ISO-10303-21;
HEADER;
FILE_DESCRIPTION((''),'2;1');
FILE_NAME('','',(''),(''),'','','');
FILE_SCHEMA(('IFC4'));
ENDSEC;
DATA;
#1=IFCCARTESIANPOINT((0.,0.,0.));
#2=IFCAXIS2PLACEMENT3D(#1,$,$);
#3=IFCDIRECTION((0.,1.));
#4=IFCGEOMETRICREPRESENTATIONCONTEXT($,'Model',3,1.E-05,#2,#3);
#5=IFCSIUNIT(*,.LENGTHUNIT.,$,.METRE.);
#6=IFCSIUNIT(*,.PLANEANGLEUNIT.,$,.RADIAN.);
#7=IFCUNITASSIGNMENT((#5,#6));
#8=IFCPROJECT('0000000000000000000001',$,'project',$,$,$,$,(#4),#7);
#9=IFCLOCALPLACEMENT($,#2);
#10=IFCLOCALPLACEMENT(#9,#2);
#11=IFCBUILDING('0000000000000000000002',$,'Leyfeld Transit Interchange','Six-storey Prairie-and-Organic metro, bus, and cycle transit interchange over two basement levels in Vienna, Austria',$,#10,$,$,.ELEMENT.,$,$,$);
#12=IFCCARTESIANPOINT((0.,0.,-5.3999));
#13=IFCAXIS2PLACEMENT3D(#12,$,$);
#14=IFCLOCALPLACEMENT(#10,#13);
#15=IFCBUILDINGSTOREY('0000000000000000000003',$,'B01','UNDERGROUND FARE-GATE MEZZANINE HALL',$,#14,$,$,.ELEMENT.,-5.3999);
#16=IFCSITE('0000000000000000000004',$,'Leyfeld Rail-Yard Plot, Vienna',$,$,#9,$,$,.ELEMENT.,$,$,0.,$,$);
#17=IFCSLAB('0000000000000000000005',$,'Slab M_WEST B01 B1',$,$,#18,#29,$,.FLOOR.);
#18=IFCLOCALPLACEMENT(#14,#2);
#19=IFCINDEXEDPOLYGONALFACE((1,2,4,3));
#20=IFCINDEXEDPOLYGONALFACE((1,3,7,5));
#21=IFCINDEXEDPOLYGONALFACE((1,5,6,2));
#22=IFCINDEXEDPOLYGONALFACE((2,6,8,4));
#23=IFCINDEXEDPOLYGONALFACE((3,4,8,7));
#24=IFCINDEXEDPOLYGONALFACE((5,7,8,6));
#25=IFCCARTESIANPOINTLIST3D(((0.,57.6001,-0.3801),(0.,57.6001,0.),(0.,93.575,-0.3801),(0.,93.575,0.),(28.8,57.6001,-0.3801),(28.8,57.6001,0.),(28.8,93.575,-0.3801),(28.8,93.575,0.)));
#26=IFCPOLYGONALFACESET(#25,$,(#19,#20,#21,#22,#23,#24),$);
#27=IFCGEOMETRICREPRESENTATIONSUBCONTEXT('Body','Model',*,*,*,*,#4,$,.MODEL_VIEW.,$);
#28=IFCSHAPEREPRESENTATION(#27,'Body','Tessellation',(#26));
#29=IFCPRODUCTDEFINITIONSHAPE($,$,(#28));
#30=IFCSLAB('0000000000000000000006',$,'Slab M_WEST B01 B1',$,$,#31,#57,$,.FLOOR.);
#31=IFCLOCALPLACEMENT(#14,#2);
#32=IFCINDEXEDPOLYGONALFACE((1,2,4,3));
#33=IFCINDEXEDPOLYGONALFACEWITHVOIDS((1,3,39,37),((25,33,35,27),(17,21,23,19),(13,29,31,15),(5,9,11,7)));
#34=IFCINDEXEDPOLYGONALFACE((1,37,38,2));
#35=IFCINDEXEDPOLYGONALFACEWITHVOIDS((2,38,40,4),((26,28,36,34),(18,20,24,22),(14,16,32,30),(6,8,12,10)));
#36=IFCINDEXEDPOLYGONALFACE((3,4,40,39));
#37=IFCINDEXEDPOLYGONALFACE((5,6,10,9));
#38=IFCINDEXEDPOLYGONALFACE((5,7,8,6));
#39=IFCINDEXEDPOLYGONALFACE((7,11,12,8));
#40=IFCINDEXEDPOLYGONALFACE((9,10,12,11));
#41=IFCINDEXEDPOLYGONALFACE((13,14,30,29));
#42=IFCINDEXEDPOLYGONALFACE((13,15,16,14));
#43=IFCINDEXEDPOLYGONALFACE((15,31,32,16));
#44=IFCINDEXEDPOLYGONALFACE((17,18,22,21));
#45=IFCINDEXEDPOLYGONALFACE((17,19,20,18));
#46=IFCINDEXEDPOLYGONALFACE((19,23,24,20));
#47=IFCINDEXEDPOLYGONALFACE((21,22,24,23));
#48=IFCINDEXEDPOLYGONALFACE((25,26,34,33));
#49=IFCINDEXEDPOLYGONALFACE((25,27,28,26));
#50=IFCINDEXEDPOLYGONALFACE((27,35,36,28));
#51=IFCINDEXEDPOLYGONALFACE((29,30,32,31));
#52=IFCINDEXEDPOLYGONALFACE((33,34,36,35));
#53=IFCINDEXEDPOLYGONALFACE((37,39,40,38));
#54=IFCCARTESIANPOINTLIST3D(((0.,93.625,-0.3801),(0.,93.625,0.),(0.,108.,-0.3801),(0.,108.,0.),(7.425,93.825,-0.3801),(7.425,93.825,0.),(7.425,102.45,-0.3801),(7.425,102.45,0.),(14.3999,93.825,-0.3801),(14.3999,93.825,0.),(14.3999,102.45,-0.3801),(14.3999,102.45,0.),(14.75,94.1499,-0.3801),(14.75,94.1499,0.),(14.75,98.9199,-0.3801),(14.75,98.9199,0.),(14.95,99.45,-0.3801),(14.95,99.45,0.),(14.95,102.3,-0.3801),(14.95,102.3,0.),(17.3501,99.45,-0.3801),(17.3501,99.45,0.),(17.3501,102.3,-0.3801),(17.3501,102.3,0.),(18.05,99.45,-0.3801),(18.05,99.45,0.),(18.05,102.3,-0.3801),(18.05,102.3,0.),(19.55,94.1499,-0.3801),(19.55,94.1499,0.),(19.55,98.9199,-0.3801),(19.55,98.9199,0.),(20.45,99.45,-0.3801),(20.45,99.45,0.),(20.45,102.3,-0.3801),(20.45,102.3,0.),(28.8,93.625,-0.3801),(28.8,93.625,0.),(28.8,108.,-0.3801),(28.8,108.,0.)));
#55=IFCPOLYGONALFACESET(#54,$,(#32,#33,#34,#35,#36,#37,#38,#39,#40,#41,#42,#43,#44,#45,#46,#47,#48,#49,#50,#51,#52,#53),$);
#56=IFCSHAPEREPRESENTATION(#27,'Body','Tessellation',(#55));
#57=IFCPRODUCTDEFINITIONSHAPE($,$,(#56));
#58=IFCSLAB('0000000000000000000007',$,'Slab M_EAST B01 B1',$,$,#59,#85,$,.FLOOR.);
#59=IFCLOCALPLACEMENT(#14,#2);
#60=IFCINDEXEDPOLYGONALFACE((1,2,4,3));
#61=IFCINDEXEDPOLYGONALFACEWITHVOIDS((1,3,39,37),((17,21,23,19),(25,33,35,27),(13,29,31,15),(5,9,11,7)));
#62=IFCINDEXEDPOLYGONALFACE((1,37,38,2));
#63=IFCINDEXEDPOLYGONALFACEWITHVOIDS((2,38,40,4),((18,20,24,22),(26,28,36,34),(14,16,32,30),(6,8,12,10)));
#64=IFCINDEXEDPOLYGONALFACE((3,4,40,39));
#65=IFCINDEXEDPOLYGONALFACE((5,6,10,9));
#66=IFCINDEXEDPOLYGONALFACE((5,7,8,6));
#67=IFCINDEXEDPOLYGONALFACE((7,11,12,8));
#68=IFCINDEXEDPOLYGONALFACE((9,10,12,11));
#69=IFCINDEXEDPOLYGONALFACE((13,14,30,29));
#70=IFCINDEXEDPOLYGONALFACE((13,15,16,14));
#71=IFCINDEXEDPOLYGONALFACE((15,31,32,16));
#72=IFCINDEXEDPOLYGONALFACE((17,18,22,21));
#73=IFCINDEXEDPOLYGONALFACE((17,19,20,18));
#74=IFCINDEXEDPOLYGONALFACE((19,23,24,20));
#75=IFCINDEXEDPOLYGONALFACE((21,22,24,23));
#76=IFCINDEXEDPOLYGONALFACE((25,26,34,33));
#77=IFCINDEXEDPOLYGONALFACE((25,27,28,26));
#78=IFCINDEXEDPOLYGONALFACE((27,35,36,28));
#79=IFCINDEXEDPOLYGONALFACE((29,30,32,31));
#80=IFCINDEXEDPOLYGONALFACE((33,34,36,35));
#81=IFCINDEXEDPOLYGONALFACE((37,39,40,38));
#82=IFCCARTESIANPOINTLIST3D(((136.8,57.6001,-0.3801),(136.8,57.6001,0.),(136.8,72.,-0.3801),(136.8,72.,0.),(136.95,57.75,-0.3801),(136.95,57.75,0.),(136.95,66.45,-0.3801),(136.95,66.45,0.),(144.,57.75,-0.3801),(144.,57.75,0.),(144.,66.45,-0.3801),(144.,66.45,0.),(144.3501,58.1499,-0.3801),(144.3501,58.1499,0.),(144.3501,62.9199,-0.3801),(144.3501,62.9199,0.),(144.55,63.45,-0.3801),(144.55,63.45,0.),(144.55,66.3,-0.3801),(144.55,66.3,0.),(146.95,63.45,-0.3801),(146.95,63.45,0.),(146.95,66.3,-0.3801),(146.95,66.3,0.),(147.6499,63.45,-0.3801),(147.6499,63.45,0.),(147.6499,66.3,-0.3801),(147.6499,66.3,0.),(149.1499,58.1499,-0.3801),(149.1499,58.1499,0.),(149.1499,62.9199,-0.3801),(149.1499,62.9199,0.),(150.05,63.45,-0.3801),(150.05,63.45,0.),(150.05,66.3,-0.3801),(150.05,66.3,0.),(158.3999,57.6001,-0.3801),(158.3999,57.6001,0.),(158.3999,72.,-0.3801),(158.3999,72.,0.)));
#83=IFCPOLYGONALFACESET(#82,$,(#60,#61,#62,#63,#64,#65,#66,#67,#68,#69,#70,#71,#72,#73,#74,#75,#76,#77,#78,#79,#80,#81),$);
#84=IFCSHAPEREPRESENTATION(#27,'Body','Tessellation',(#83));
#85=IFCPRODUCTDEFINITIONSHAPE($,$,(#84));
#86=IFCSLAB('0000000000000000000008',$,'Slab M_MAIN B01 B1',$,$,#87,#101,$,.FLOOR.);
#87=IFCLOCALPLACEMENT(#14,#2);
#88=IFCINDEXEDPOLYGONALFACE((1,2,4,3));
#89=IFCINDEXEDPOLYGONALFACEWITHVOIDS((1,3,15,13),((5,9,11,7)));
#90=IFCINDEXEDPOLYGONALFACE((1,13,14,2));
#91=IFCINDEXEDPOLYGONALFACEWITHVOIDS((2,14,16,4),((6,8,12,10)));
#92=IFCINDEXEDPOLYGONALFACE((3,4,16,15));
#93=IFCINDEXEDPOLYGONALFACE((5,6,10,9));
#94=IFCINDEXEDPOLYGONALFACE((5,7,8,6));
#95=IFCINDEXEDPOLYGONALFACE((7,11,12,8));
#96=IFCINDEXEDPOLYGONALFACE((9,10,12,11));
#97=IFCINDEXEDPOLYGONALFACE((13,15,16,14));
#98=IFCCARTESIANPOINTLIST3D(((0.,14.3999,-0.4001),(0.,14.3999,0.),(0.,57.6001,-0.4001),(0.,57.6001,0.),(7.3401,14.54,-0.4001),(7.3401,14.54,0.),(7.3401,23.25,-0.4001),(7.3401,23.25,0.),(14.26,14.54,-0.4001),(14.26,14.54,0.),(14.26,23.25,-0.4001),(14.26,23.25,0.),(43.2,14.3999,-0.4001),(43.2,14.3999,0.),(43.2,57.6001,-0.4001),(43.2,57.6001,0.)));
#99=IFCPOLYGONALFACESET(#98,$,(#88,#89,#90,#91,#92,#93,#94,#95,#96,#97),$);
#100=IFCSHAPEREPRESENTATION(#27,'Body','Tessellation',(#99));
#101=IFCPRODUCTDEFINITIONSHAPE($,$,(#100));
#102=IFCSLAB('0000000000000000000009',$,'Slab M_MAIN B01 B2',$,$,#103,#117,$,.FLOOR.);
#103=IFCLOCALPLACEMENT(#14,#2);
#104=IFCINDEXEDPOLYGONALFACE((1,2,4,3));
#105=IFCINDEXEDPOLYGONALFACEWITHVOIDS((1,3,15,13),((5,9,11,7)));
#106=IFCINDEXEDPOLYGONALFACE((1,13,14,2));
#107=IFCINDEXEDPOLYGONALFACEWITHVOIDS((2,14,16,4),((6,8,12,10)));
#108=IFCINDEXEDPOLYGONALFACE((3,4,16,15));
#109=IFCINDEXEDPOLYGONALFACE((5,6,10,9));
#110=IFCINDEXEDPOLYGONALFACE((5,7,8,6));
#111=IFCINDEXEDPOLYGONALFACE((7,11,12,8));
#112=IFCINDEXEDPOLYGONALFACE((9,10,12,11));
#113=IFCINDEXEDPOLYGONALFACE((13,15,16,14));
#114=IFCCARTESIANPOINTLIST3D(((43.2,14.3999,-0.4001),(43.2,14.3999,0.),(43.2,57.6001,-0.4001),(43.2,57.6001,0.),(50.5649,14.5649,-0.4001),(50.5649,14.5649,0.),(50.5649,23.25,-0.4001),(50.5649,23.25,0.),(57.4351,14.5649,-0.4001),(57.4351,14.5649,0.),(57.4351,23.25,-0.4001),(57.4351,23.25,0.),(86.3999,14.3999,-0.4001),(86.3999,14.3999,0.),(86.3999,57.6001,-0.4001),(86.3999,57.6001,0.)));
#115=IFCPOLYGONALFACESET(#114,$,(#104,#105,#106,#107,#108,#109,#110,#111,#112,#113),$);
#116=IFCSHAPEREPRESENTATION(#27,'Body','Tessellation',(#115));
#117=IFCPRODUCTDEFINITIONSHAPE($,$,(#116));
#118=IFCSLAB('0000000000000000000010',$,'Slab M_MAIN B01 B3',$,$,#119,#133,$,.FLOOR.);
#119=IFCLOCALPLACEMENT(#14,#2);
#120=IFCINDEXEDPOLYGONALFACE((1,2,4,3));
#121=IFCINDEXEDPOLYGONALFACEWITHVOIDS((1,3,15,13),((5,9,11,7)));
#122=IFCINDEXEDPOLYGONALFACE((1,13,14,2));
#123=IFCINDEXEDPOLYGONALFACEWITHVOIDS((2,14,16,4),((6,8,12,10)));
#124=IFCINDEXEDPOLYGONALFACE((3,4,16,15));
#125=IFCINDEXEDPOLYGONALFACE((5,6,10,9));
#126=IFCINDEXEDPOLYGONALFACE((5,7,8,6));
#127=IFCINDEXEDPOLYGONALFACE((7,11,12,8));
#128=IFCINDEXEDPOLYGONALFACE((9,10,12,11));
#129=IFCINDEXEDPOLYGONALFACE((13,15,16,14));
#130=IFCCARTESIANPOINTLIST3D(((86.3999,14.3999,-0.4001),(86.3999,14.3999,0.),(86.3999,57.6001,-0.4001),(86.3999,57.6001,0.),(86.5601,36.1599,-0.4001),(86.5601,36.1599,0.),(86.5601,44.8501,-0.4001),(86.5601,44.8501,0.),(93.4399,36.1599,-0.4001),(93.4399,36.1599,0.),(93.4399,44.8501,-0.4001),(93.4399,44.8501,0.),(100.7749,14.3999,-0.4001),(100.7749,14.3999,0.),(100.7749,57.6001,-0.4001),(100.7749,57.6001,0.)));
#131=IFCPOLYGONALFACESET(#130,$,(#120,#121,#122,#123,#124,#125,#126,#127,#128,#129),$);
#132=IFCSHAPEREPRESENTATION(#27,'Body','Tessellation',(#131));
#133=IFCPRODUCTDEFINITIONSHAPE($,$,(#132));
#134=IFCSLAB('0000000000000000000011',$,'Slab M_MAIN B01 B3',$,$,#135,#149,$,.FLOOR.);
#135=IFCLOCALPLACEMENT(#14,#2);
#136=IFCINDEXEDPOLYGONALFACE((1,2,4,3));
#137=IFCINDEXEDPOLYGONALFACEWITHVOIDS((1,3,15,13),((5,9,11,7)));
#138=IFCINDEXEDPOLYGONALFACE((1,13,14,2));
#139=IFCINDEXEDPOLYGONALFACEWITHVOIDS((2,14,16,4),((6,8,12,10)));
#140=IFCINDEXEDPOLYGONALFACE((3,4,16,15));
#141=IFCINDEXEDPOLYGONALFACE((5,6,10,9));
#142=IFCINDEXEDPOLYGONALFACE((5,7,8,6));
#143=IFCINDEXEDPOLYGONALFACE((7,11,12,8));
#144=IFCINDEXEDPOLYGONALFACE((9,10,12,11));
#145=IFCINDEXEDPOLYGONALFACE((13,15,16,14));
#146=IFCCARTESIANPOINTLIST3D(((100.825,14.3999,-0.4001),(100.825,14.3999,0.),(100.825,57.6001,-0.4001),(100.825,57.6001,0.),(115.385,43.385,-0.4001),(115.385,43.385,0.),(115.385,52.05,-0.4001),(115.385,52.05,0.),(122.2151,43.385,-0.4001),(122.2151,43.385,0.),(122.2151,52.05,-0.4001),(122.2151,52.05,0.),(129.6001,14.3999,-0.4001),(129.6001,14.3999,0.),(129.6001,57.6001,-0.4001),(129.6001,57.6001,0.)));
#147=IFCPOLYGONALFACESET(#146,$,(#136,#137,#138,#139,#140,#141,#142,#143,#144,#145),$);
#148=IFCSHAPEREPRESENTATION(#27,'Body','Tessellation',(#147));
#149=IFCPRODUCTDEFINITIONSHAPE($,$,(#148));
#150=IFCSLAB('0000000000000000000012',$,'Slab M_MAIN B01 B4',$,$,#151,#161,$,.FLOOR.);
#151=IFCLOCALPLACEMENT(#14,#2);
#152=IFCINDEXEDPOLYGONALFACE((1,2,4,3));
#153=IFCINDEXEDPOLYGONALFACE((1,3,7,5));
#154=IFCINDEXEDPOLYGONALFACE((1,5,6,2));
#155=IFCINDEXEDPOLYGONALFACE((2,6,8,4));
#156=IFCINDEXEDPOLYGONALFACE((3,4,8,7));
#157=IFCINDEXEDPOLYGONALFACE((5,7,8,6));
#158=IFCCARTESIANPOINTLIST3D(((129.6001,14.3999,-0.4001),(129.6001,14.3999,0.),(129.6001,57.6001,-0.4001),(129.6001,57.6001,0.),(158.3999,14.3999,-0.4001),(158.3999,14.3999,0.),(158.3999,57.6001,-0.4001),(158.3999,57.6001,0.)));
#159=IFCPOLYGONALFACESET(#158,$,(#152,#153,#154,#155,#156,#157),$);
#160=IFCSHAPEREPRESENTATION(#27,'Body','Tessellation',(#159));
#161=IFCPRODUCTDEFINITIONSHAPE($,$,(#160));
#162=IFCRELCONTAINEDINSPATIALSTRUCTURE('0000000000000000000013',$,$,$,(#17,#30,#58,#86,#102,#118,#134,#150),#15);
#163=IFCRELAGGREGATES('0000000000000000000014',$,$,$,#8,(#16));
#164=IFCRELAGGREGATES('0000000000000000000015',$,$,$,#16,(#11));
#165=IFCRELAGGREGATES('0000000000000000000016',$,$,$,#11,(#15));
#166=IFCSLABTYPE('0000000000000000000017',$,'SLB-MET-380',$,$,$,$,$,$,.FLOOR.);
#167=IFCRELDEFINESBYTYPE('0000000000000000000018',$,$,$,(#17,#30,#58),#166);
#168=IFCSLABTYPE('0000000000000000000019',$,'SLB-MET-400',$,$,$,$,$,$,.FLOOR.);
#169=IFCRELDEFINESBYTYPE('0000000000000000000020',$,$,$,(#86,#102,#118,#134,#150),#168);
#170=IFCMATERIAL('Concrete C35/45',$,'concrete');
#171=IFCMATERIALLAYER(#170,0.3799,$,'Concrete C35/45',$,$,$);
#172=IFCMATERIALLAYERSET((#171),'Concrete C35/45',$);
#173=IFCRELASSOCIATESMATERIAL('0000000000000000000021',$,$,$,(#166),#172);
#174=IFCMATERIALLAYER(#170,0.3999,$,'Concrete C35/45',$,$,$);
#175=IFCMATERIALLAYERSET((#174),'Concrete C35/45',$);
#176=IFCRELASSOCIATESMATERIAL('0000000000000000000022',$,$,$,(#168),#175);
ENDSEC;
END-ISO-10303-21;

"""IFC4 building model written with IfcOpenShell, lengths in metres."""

from ifc_helpers import new_model, si_unit, direction, frame, origin, place, context, subcontext, project, spatial, polyline, outline, extrude, material, layer, layer_set, type_object, element, save


model = new_model("IFC4")

# Units and contexts
model_context = context("Model", 3, precision=1e-05, world=origin(), true_north=direction((0.0, 1.0)))
body_context = subcontext(model_context, "Body", "Model", "MODEL_VIEW")
ifc_project = project(units=[si_unit("LENGTHUNIT", "METRE"), si_unit("PLANEANGLEUNIT", "RADIAN")], contexts=[model_context])

# Site, building, storey
site_placement = place(None, origin())
site = spatial("IfcSite", under=ifc_project, at=site_placement, Name="Leyfeld Rail-Yard Plot, Vienna", CompositionType="ELEMENT", RefElevation=0.0)
building_placement = place(site_placement, origin())
building = spatial("IfcBuilding", under=site, at=building_placement, Name="Leyfeld Transit Interchange", Description="Six-storey Prairie-and-Organic metro, bus, and cycle transit interchange over two basement levels in Vienna, Austria", CompositionType="ELEMENT")
storey_placement = place(building_placement, frame((0.0, 0.0, -5.3999)))
storey = spatial("IfcBuildingStorey", under=building, at=storey_placement, Name="B01", Description="UNDERGROUND FARE-GATE MEZZANINE HALL", CompositionType="ELEMENT", Elevation=-5.3999)

# Shared definitions
ifc_material_1 = material(Name="Concrete C35/45", Category="concrete")

# Slabs
ifc_layer_1 = layer(ifc_material_1, 0.3799, Name="Concrete C35/45")
ifc_layer_set_1 = layer_set([ifc_layer_1], Name="Concrete C35/45")
slab_type_1 = type_object("IfcSlabType", Name="SLB-MET-380", PredefinedType="FLOOR", material=ifc_layer_set_1)
slab_1_placement = place(storey_placement, frame((0.0, 0.0, -0.3801)))
element("IfcSlab", 1, at=slab_1_placement, inside=storey, type_object=slab_type_1, Name="Slab M_WEST B01 B1", PredefinedType="FLOOR", context=body_context, shape_type="SweptSolid", body=[
    extrude(outline(polyline([(28.8, 57.6001), (28.8, 93.575), (0.0, 93.575), (0.0, 57.6001), (28.8, 57.6001)])), origin(), (0.0, 0.0, 1.0), 0.3801),
])
slab_2_placement = place(storey_placement, frame((0.0, 0.0, -0.3801)))
element("IfcSlab", 2, at=slab_2_placement, inside=storey, type_object=slab_type_1, Name="Slab M_WEST B01 B1", PredefinedType="FLOOR", context=body_context, shape_type="SweptSolid", body=[
    extrude(outline(polyline([(0.0, 93.625), (28.8, 93.625), (28.8, 108.0), (0.0, 108.0), (0.0, 93.625)]), holes=[polyline([(14.3999, 93.825), (7.425, 93.825), (7.425, 102.45), (14.3999, 102.45), (14.3999, 93.825)]), polyline([(14.75, 94.1499), (14.75, 98.9199), (19.55, 98.9199), (19.55, 94.1499), (14.75, 94.1499)]), polyline([(14.95, 102.3), (17.3501, 102.3), (17.3501, 99.45), (14.95, 99.45), (14.95, 102.3)]), polyline([(20.45, 102.3), (20.45, 99.45), (18.05, 99.45), (18.05, 102.3), (20.45, 102.3)])]), origin(), (0.0, 0.0, 1.0), 0.3801),
])
slab_3_placement = place(storey_placement, frame((0.0, 0.0, -0.3801)))
element("IfcSlab", 3, at=slab_3_placement, inside=storey, type_object=slab_type_1, Name="Slab M_EAST B01 B1", PredefinedType="FLOOR", context=body_context, shape_type="SweptSolid", body=[
    extrude(outline(polyline([(158.3999, 72.0), (136.8, 72.0), (136.8, 57.6001), (158.3999, 57.6001), (158.3999, 72.0)]), holes=[polyline([(136.95, 57.75), (136.95, 66.45), (144.0, 66.45), (144.0, 57.75), (136.95, 57.75)]), polyline([(144.3501, 62.9199), (149.1499, 62.9199), (149.1499, 58.1499), (144.3501, 58.1499), (144.3501, 62.9199)]), polyline([(146.95, 66.3), (146.95, 63.45), (144.55, 63.45), (144.55, 66.3), (146.95, 66.3)]), polyline([(150.05, 63.45), (147.6499, 63.45), (147.6499, 66.3), (150.05, 66.3), (150.05, 63.45)])]), origin(), (0.0, 0.0, 1.0), 0.3801),
])
ifc_layer_2 = layer(ifc_material_1, 0.3999, Name="Concrete C35/45")
ifc_layer_set_2 = layer_set([ifc_layer_2], Name="Concrete C35/45")
slab_type_2 = type_object("IfcSlabType", Name="SLB-MET-400", PredefinedType="FLOOR", material=ifc_layer_set_2)
slab_4_placement = place(storey_placement, frame((0.0, 0.0, -0.4001)))
element("IfcSlab", 4, at=slab_4_placement, inside=storey, type_object=slab_type_2, Name="Slab M_MAIN B01 B1", PredefinedType="FLOOR", context=body_context, shape_type="SweptSolid", body=[
    extrude(outline(polyline([(43.2, 57.6001), (0.0, 57.6001), (0.0, 14.3999), (43.2, 14.3999), (43.2, 57.6001)]), holes=[polyline([(14.26, 14.54), (7.3401, 14.54), (7.3401, 23.25), (14.26, 23.25), (14.26, 14.54)])]), origin(), (0.0, 0.0, 1.0), 0.4001),
])
slab_5_placement = place(storey_placement, frame((0.0, 0.0, -0.4001)))
element("IfcSlab", 5, at=slab_5_placement, inside=storey, type_object=slab_type_2, Name="Slab M_MAIN B01 B2", PredefinedType="FLOOR", context=body_context, shape_type="SweptSolid", body=[
    extrude(outline(polyline([(86.3999, 57.6001), (43.2, 57.6001), (43.2, 14.3999), (86.3999, 14.3999), (86.3999, 57.6001)]), holes=[polyline([(57.4351, 14.5649), (50.5649, 14.5649), (50.5649, 23.25), (57.4351, 23.25), (57.4351, 14.5649)])]), origin(), (0.0, 0.0, 1.0), 0.4001),
])
slab_6_placement = place(storey_placement, frame((0.0, 0.0, -0.4001)))
element("IfcSlab", 6, at=slab_6_placement, inside=storey, type_object=slab_type_2, Name="Slab M_MAIN B01 B3", PredefinedType="FLOOR", context=body_context, shape_type="SweptSolid", body=[
    extrude(outline(polyline([(86.3999, 14.3999), (100.7749, 14.3999), (100.7749, 57.6001), (86.3999, 57.6001), (86.3999, 14.3999)]), holes=[polyline([(86.5601, 44.8501), (93.4399, 44.8501), (93.4399, 36.1599), (86.5601, 36.1599), (86.5601, 44.8501)])]), origin(), (0.0, 0.0, 1.0), 0.4001),
])
slab_7_placement = place(storey_placement, frame((0.0, 0.0, -0.4001)))
element("IfcSlab", 7, at=slab_7_placement, inside=storey, type_object=slab_type_2, Name="Slab M_MAIN B01 B3", PredefinedType="FLOOR", context=body_context, shape_type="SweptSolid", body=[
    extrude(outline(polyline([(100.825, 57.6001), (100.825, 14.3999), (129.6001, 14.3999), (129.6001, 57.6001), (100.825, 57.6001)]), holes=[polyline([(122.2151, 52.05), (122.2151, 43.385), (115.385, 43.385), (115.385, 52.05), (122.2151, 52.05)])]), origin(), (0.0, 0.0, 1.0), 0.4001),
])
slab_8_placement = place(storey_placement, frame((0.0, 0.0, -0.4001)))
element("IfcSlab", 8, at=slab_8_placement, inside=storey, type_object=slab_type_2, Name="Slab M_MAIN B01 B4", PredefinedType="FLOOR", context=body_context, shape_type="SweptSolid", body=[
    extrude(outline(polyline([(129.6001, 57.6001), (129.6001, 14.3999), (158.3999, 14.3999), (158.3999, 57.6001), (129.6001, 57.6001)])), origin(), (0.0, 0.0, 1.0), 0.4001),
])

save(model, "model.ifc")
